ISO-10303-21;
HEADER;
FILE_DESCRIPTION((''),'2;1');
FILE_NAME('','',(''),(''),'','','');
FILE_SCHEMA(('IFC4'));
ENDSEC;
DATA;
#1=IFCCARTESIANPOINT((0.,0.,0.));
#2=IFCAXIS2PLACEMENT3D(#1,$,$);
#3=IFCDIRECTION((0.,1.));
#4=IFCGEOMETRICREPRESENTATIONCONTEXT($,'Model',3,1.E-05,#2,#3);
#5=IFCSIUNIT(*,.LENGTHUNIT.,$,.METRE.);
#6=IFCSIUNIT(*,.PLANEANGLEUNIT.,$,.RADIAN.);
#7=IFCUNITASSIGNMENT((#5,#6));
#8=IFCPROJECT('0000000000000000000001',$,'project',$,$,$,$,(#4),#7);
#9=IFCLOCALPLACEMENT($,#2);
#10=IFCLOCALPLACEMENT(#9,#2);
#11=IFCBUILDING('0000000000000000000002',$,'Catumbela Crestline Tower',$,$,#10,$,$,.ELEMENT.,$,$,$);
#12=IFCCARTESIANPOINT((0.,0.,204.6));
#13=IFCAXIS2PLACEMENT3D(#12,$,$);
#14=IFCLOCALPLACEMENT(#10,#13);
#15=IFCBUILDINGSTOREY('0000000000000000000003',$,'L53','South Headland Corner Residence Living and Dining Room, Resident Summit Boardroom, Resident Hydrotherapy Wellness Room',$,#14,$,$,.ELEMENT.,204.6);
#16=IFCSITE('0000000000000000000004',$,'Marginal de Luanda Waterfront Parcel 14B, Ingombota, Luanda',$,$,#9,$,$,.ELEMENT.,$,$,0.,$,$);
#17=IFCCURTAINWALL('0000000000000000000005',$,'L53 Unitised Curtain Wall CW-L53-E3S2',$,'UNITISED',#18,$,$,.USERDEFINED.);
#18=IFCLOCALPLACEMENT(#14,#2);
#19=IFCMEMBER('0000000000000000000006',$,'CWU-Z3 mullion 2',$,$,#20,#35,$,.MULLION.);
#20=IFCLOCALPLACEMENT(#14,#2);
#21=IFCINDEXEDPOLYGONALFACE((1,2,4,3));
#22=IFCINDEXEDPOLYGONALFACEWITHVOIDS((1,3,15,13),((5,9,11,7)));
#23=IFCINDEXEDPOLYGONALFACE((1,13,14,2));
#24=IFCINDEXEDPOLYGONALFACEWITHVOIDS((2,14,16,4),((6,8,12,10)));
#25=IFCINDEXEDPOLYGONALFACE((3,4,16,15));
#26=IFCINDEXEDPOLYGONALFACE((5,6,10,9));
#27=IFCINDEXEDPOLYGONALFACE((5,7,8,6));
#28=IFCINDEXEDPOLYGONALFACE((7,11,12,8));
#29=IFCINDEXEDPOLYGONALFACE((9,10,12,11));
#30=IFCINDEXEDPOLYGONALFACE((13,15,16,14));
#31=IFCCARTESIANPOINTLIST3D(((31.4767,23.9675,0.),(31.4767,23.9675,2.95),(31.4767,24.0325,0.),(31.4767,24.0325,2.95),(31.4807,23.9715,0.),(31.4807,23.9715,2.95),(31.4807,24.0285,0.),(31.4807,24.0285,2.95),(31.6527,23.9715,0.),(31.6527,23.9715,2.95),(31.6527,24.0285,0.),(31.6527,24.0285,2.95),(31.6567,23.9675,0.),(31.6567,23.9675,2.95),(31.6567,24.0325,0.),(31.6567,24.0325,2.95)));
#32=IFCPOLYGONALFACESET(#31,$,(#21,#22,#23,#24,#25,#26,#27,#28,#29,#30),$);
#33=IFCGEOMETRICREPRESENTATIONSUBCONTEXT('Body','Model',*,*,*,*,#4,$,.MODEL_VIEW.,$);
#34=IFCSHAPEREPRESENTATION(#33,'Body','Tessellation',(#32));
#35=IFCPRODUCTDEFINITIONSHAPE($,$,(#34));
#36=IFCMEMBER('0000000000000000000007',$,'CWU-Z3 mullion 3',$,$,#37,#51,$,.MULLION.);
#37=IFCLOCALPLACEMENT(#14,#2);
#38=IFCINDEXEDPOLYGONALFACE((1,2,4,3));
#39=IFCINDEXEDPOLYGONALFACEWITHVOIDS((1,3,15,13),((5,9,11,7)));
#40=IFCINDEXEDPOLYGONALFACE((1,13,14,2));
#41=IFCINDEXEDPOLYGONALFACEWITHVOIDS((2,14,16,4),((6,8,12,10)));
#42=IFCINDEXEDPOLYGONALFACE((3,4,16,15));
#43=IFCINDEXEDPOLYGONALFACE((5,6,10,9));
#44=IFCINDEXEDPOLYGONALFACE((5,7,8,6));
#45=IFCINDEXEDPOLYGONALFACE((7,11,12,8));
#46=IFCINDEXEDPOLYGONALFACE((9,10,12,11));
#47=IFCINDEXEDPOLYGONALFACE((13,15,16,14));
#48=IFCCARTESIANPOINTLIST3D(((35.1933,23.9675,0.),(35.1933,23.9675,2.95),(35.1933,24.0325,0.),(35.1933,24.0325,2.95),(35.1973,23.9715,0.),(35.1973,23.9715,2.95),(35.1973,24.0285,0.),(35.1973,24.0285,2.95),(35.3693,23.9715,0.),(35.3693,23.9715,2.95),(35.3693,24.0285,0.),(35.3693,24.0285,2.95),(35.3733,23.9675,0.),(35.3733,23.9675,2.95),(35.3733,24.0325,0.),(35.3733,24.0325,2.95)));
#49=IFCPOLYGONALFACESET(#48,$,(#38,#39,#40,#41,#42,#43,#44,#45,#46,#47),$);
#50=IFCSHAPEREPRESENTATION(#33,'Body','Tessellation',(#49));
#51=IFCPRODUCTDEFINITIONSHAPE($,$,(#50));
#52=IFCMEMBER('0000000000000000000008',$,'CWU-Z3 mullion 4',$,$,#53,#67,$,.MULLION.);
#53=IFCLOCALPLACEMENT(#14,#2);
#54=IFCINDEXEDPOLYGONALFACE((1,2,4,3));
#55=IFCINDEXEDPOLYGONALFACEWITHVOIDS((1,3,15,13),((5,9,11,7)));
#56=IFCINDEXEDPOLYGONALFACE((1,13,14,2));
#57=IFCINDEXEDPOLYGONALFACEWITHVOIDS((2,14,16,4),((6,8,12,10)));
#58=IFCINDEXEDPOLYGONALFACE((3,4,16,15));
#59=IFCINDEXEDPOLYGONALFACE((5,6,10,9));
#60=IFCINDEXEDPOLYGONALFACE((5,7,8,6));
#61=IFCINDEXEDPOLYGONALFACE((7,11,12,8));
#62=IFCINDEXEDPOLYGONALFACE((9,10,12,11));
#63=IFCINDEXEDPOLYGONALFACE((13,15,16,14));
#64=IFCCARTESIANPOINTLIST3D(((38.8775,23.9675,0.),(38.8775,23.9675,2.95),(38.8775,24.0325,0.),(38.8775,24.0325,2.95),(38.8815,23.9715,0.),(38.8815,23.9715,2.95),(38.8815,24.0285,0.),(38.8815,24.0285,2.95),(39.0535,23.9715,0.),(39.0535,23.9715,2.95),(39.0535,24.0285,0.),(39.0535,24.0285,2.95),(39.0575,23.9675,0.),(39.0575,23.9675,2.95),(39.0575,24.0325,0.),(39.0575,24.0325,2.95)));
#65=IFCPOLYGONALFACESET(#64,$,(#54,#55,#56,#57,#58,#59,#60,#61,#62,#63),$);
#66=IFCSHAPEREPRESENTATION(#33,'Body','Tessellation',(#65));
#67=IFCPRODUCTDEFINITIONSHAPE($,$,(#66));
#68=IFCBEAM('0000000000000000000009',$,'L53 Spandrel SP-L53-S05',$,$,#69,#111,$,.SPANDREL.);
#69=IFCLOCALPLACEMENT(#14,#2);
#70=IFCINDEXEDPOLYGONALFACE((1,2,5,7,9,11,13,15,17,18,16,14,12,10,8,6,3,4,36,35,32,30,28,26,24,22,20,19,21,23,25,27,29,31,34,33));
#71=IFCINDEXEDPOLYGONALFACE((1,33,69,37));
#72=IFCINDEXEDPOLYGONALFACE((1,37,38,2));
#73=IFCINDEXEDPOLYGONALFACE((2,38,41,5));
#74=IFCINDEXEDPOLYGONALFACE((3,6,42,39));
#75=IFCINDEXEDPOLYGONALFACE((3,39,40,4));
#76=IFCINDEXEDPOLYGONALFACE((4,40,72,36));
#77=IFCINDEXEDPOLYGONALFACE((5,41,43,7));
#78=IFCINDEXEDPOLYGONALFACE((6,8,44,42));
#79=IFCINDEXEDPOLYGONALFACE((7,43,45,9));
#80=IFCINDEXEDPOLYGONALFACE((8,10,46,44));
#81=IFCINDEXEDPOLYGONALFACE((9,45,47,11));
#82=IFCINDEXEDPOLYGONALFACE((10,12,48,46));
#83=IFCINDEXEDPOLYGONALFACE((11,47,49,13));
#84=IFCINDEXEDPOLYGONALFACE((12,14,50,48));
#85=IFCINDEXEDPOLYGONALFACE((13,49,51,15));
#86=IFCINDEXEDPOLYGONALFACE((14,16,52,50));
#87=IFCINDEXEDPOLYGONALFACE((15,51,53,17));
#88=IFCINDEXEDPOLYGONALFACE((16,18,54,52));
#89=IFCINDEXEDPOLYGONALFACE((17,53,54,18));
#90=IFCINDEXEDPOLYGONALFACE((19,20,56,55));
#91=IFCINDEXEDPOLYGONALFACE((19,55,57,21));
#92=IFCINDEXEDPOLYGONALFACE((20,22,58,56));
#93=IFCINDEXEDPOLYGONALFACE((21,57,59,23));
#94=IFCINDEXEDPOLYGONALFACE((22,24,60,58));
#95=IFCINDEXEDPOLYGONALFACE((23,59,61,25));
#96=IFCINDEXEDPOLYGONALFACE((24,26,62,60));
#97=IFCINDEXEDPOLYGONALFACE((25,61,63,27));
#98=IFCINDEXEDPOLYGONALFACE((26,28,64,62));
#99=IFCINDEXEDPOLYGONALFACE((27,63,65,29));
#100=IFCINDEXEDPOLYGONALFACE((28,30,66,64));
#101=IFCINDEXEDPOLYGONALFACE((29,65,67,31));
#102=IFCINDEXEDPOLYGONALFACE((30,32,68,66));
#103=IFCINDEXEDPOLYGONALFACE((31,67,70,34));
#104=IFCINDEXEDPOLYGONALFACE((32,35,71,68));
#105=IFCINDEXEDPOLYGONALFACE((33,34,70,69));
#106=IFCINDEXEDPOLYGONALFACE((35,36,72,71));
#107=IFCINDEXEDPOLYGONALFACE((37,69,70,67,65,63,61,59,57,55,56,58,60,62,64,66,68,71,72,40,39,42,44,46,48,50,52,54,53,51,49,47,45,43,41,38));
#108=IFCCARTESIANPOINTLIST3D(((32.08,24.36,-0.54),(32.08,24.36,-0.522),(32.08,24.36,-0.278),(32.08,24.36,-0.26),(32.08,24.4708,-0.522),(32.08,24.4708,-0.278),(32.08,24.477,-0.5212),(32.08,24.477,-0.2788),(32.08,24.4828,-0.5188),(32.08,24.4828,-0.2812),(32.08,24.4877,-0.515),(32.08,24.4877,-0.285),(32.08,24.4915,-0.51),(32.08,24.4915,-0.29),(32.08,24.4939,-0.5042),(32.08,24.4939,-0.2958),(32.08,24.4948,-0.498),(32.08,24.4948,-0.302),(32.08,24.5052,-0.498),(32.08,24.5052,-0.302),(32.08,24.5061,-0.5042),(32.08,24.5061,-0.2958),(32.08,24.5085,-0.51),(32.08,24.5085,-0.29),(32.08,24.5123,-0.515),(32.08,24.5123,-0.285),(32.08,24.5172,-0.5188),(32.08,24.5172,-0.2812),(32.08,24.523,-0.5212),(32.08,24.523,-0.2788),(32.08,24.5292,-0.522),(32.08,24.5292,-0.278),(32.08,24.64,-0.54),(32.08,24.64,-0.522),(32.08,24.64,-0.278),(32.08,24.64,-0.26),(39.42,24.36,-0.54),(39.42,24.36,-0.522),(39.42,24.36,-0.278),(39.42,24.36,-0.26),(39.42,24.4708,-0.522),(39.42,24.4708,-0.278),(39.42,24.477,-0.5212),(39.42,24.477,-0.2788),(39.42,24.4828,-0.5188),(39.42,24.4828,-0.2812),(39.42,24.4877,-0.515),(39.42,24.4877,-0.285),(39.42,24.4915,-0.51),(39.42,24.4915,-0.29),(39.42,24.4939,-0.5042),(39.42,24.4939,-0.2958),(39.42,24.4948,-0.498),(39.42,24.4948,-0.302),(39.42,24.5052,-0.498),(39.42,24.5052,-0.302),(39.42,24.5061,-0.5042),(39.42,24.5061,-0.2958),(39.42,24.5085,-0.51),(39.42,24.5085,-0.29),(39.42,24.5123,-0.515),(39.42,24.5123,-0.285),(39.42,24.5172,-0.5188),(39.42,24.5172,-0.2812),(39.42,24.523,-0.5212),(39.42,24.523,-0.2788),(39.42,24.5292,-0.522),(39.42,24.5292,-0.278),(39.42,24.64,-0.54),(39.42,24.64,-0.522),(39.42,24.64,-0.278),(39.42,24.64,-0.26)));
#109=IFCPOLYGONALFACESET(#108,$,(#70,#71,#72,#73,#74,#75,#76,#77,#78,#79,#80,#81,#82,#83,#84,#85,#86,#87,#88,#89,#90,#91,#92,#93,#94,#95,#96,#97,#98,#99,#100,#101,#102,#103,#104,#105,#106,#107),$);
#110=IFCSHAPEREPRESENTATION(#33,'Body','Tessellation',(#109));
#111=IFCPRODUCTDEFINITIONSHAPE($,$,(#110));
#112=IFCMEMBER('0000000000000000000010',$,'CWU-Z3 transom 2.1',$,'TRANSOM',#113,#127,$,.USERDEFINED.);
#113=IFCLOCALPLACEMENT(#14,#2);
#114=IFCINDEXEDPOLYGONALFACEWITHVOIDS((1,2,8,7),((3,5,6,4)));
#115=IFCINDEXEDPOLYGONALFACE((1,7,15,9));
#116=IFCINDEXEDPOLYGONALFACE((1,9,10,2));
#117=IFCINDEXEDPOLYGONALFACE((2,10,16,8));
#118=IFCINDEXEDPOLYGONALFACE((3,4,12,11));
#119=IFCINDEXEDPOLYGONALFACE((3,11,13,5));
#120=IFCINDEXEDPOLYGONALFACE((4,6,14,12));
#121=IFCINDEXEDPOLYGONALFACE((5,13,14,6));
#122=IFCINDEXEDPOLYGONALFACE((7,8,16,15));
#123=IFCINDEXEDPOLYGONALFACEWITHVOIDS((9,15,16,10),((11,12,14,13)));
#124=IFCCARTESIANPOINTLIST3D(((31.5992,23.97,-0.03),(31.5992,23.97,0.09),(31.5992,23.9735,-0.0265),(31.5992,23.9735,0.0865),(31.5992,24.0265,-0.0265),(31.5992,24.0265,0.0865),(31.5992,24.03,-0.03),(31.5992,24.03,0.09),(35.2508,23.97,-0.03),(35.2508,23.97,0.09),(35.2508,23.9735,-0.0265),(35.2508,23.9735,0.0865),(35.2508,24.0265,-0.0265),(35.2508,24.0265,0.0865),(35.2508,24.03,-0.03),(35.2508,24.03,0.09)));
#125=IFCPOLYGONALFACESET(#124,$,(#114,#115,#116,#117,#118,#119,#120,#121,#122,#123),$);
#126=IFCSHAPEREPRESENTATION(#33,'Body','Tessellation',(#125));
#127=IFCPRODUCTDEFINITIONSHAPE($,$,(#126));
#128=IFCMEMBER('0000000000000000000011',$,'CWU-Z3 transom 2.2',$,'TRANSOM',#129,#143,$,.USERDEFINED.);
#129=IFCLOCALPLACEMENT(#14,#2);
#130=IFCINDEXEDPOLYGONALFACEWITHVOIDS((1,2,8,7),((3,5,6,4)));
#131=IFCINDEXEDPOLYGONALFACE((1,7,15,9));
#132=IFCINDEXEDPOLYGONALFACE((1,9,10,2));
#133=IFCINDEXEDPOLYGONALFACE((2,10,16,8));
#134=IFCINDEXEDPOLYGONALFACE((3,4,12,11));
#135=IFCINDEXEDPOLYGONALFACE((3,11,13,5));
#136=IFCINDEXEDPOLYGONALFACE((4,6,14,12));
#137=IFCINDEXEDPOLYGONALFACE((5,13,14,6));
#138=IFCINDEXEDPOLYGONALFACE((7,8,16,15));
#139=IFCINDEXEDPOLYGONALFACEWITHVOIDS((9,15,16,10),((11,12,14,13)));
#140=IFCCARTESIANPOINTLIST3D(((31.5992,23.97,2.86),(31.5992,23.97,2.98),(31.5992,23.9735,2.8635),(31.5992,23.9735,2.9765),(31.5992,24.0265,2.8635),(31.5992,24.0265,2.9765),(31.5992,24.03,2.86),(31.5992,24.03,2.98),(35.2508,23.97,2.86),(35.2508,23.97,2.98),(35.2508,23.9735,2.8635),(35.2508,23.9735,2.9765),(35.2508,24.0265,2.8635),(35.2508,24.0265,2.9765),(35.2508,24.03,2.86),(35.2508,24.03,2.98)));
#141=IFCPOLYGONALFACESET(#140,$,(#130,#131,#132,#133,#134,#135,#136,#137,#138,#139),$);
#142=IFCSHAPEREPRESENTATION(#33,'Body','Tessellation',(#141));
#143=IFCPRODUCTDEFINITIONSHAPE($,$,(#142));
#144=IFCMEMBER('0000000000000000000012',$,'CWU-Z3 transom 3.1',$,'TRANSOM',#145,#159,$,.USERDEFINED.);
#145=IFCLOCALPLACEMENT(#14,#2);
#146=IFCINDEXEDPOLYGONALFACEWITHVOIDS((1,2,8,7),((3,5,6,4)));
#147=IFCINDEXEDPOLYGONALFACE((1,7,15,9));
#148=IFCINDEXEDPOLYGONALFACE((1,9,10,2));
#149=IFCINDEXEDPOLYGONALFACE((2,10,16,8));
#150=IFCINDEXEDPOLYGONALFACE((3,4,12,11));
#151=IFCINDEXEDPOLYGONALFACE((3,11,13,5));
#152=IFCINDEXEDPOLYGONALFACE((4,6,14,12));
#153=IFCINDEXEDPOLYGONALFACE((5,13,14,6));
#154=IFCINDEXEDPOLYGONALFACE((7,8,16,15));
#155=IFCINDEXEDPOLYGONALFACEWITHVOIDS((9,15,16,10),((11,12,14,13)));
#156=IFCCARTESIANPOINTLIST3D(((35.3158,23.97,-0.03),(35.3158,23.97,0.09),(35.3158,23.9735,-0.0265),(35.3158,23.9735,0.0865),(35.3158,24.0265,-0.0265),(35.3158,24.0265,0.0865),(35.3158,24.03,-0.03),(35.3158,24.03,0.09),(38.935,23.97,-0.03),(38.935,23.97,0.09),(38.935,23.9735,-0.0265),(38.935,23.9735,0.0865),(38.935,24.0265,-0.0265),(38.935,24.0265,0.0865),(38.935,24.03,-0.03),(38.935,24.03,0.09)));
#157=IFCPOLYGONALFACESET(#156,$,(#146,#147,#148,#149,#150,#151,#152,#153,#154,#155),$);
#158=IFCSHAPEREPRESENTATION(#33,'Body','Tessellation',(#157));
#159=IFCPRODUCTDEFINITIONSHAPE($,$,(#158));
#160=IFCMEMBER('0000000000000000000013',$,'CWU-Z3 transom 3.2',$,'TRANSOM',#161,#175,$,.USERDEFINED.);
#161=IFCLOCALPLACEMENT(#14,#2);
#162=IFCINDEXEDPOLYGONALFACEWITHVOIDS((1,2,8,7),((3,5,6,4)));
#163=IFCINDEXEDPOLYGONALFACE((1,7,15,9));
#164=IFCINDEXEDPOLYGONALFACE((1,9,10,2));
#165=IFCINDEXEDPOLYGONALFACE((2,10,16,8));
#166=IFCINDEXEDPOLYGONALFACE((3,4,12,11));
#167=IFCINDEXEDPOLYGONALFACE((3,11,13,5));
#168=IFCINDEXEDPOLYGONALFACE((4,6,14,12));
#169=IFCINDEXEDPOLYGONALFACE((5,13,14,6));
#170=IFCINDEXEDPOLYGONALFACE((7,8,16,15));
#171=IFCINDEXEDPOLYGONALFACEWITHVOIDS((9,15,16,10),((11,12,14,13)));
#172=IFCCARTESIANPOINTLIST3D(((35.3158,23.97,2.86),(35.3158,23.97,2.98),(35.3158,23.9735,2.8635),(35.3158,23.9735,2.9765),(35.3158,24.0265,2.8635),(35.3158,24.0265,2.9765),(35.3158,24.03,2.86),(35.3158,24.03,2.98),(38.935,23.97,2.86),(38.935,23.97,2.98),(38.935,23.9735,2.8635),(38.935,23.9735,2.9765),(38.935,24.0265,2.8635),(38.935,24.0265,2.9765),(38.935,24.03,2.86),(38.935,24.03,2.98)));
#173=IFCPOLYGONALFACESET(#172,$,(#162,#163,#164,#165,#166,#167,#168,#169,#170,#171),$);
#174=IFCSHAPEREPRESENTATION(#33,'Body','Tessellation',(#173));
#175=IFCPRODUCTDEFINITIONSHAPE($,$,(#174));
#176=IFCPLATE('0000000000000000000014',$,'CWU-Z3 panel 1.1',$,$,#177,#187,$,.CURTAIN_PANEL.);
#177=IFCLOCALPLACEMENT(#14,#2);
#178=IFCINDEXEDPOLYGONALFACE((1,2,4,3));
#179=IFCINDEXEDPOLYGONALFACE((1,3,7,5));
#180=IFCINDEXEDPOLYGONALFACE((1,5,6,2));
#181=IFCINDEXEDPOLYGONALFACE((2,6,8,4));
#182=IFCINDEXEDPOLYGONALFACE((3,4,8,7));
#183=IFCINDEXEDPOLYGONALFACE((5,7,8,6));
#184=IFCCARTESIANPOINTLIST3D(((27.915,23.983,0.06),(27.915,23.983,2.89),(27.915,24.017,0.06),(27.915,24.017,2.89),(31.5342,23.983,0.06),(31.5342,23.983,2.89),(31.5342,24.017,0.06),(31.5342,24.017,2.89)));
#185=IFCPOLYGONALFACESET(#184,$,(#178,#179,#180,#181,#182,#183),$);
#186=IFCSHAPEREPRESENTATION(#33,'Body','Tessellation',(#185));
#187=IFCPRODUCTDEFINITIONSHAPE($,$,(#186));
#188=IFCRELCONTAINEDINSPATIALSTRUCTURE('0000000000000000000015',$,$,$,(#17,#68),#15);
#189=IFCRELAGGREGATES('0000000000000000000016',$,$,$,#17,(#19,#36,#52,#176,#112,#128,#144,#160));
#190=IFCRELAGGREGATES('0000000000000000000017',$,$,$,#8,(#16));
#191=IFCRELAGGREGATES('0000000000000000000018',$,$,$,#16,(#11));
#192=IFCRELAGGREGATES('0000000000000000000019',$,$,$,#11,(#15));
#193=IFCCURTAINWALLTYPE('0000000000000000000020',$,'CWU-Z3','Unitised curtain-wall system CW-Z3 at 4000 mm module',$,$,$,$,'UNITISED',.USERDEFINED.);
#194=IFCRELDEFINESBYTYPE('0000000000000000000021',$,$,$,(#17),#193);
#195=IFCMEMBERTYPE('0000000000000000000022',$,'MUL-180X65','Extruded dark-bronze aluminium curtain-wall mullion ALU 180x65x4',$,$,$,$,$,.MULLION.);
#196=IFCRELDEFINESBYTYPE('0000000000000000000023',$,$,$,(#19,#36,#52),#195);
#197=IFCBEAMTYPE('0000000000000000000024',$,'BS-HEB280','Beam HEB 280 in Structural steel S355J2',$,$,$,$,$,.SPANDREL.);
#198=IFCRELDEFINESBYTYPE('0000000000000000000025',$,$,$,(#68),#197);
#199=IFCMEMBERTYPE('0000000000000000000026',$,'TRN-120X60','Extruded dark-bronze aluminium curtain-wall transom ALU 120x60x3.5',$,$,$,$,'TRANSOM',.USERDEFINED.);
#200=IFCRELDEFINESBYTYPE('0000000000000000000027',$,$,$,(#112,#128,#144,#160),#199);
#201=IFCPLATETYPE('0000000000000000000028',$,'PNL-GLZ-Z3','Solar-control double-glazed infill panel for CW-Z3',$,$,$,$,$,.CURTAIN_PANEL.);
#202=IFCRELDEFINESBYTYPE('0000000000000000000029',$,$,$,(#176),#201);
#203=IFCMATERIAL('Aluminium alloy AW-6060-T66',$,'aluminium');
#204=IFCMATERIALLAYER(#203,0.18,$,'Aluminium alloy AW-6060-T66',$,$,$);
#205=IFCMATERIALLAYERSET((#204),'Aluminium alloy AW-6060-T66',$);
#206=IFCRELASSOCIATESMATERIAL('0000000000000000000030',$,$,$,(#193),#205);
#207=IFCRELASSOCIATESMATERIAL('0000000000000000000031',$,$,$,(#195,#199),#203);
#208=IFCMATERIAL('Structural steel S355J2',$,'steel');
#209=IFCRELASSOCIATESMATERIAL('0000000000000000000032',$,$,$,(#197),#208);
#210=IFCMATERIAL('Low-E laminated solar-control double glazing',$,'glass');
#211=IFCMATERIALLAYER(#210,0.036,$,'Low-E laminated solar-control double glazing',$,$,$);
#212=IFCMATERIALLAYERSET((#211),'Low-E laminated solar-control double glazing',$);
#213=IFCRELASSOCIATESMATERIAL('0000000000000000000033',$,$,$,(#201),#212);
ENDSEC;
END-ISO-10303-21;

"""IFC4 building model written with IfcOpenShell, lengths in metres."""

from ifc_helpers import new_model, si_unit, direction, frame, origin, origin_2d, place, context, subcontext, project, spatial, rectangle, hollow_rectangle, i_section, extrude, material, layer, layer_set, material_profile, profile_set, type_object, element, aggregate, save


model = new_model("IFC4")

# Units and contexts
model_context = context("Model", 3, precision=1e-05, world=origin(), true_north=direction((0.0, 1.0)))
body_context = subcontext(model_context, "Body", "Model", "MODEL_VIEW")
ifc_project = project(units=[si_unit("LENGTHUNIT", "METRE"), si_unit("PLANEANGLEUNIT", "RADIAN")], contexts=[model_context])

# Site, building, storey
site_placement = place(None, origin())
site = spatial("IfcSite", under=ifc_project, at=site_placement, Name="Marginal de Luanda Waterfront Parcel 14B, Ingombota, Luanda", CompositionType="ELEMENT", RefElevation=0.0)
building_placement = place(site_placement, origin())
building = spatial("IfcBuilding", under=site, at=building_placement, Name="Catumbela Crestline Tower", CompositionType="ELEMENT")
storey_placement = place(building_placement, frame((0.0, 0.0, 204.6)))
storey = spatial("IfcBuildingStorey", under=building, at=storey_placement, Name="L53", Description="South Headland Corner Residence Living and Dining Room, Resident Summit Boardroom, Resident Hydrotherapy Wellness Room", CompositionType="ELEMENT", Elevation=204.6)

# Shared definitions
ifc_material_1 = material(Name="Structural steel S355J2", Category="steel")

# Curtain wall, members
ifc_material_2 = material(Name="Aluminium alloy AW-6060-T66", Category="aluminium")
ifc_layer_1 = layer(ifc_material_2, 0.18, Name="Aluminium alloy AW-6060-T66")
ifc_layer_set_1 = layer_set([ifc_layer_1], Name="Aluminium alloy AW-6060-T66")
curtain_wall_type = type_object("IfcCurtainWallType", Name="CWU-Z3", Description="Unitised curtain-wall system CW-Z3 at 4000 mm module", ElementType="UNITISED", PredefinedType="USERDEFINED", material=ifc_layer_set_1)
curtain_wall_placement = place(storey_placement, origin())
curtain_wall = element("IfcCurtainWall", 1, at=curtain_wall_placement, inside=storey, type_object=curtain_wall_type, Name="L53 Unitised Curtain Wall CW-L53-E3S2", ObjectType="UNITISED", PredefinedType="USERDEFINED")
ifc_material_profile_1 = material_profile(ifc_material_2, hollow_rectangle(XDim=0.065, YDim=0.18, WallThickness=0.004, at=origin_2d()), Name="ALU 180x65x4")
ifc_profile_set_1 = profile_set([ifc_material_profile_1], Name="Aluminium alloy AW-6060-T66")
member_type_1 = type_object("IfcMemberType", Name="MUL-180X65", Description="Extruded dark-bronze aluminium curtain-wall mullion ALU 180x65x4", PredefinedType="MULLION", material=ifc_profile_set_1)
member_1_placement = place(storey_placement, frame((31.5667, 24.0, 0.0), z_axis=(0.0, 0.0, 1.0), x_axis=(0.0, 1.0, 0.0)))
member_1 = element("IfcMember", 2, at=member_1_placement, type_object=member_type_1, Name="CWU-Z3 mullion 2", PredefinedType="MULLION", context=body_context, shape_type="SweptSolid", body=[
    extrude(hollow_rectangle(XDim=0.065, YDim=0.18, WallThickness=0.004, at=origin_2d()), origin(), (0.0, 0.0, 1.0), 2.95),
])
member_2_placement = place(storey_placement, frame((35.2833, 24.0, 0.0), z_axis=(0.0, 0.0, 1.0), x_axis=(0.0, 1.0, 0.0)))
member_2 = element("IfcMember", 3, at=member_2_placement, type_object=member_type_1, Name="CWU-Z3 mullion 3", PredefinedType="MULLION", context=body_context, shape_type="SweptSolid", body=[
    extrude(hollow_rectangle(XDim=0.065, YDim=0.18, WallThickness=0.004, at=origin_2d()), origin(), (0.0, 0.0, 1.0), 2.95),
])
member_3_placement = place(storey_placement, frame((38.9675, 24.0, 0.0), z_axis=(0.0, 0.0, 1.0), x_axis=(0.0, 1.0, 0.0)))
member_3 = element("IfcMember", 4, at=member_3_placement, type_object=member_type_1, Name="CWU-Z3 mullion 4", PredefinedType="MULLION", context=body_context, shape_type="SweptSolid", body=[
    extrude(hollow_rectangle(XDim=0.065, YDim=0.18, WallThickness=0.004, at=origin_2d()), origin(), (0.0, 0.0, 1.0), 2.95),
])

# Beam
ifc_material_profile_2 = material_profile(ifc_material_1, i_section(OverallWidth=0.28, OverallDepth=0.28, WebThickness=0.0105, FlangeThickness=0.018, FilletRadius=0.024, at=origin_2d()), Name="HEB 280")
ifc_profile_set_2 = profile_set([ifc_material_profile_2], Name="Structural steel S355J2")
beam_type_1 = type_object("IfcBeamType", Name="BS-HEB280", Description="Beam HEB 280 in Structural steel S355J2", PredefinedType="SPANDREL", material=ifc_profile_set_2)
beam_1_placement = place(storey_placement, frame((32.08, 24.5, -0.4), z_axis=(1.0, 0.0, 0.0), x_axis=(0.0, 1.0, 0.0)))
element("IfcBeam", 5, at=beam_1_placement, inside=storey, type_object=beam_type_1, Name="L53 Spandrel SP-L53-S05", PredefinedType="SPANDREL", context=body_context, shape_type="SweptSolid", body=[
    extrude(i_section(OverallWidth=0.28, OverallDepth=0.28, WebThickness=0.0105, FlangeThickness=0.018, FilletRadius=0.024, at=origin_2d()), origin(), (0.0, 0.0, 1.0), 7.34),
])

# Members
ifc_material_profile_3 = material_profile(ifc_material_2, hollow_rectangle(XDim=0.06, YDim=0.12, WallThickness=0.0035, at=origin_2d()), Name="ALU 120x60x3.5")
ifc_profile_set_3 = profile_set([ifc_material_profile_3], Name="Aluminium alloy AW-6060-T66")
member_type_2 = type_object("IfcMemberType", Name="TRN-120X60", Description="Extruded dark-bronze aluminium curtain-wall transom ALU 120x60x3.5", ElementType="TRANSOM", PredefinedType="USERDEFINED", material=ifc_profile_set_3)
member_4_placement = place(storey_placement, frame((31.5992, 24.0, 0.03), z_axis=(1.0, 0.0, 0.0), x_axis=(0.0, 1.0, 0.0)))
member_4 = element("IfcMember", 6, at=member_4_placement, type_object=member_type_2, Name="CWU-Z3 transom 2.1", ObjectType="TRANSOM", PredefinedType="USERDEFINED", context=body_context, shape_type="SweptSolid", body=[
    extrude(hollow_rectangle(XDim=0.06, YDim=0.12, WallThickness=0.0035, at=origin_2d()), origin(), (0.0, 0.0, 1.0), 3.6516),
])
member_5_placement = place(storey_placement, frame((31.5992, 24.0, 2.92), z_axis=(1.0, 0.0, 0.0), x_axis=(0.0, 1.0, 0.0)))
member_5 = element("IfcMember", 7, at=member_5_placement, type_object=member_type_2, Name="CWU-Z3 transom 2.2", ObjectType="TRANSOM", PredefinedType="USERDEFINED", context=body_context, shape_type="SweptSolid", body=[
    extrude(hollow_rectangle(XDim=0.06, YDim=0.12, WallThickness=0.0035, at=origin_2d()), origin(), (0.0, 0.0, 1.0), 3.6516),
])
member_6_placement = place(storey_placement, frame((35.3158, 24.0, 0.03), z_axis=(1.0, 0.0, 0.0), x_axis=(0.0, 1.0, 0.0)))
member_6 = element("IfcMember", 8, at=member_6_placement, type_object=member_type_2, Name="CWU-Z3 transom 3.1", ObjectType="TRANSOM", PredefinedType="USERDEFINED", context=body_context, shape_type="SweptSolid", body=[
    extrude(hollow_rectangle(XDim=0.06, YDim=0.12, WallThickness=0.0035, at=origin_2d()), origin(), (0.0, 0.0, 1.0), 3.6192),
])
member_7_placement = place(storey_placement, frame((35.3158, 24.0, 2.92), z_axis=(1.0, 0.0, 0.0), x_axis=(0.0, 1.0, 0.0)))
member_7 = element("IfcMember", 9, at=member_7_placement, type_object=member_type_2, Name="CWU-Z3 transom 3.2", ObjectType="TRANSOM", PredefinedType="USERDEFINED", context=body_context, shape_type="SweptSolid", body=[
    extrude(hollow_rectangle(XDim=0.06, YDim=0.12, WallThickness=0.0035, at=origin_2d()), origin(), (0.0, 0.0, 1.0), 3.6192),
])

# Plate
ifc_material_3 = material(Name="Low-E laminated solar-control double glazing", Category="glass")
ifc_layer_2 = layer(ifc_material_3, 0.036, Name="Low-E laminated solar-control double glazing")
ifc_layer_set_2 = layer_set([ifc_layer_2], Name="Low-E laminated solar-control double glazing")
plate_type = type_object("IfcPlateType", Name="PNL-GLZ-Z3", Description="Solar-control double-glazed infill panel for CW-Z3", PredefinedType="CURTAIN_PANEL", material=ifc_layer_set_2)
plate_1_placement = place(storey_placement, frame((29.7246, 24.0, 0.06), z_axis=(0.0, 0.0, 1.0), x_axis=(1.0, 0.0, 0.0)))
plate_1 = element("IfcPlate", 10, at=plate_1_placement, type_object=plate_type, Name="CWU-Z3 panel 1.1", PredefinedType="CURTAIN_PANEL", context=body_context, shape_type="SweptSolid", body=[
    extrude(rectangle(XDim=3.6192, YDim=0.034, at=origin_2d()), origin(), (0.0, 0.0, 1.0), 2.83),
])
aggregate(curtain_wall, [member_1, member_2, member_3, plate_1, member_4, member_5, member_6, member_7])

save(model, "model.ifc")
